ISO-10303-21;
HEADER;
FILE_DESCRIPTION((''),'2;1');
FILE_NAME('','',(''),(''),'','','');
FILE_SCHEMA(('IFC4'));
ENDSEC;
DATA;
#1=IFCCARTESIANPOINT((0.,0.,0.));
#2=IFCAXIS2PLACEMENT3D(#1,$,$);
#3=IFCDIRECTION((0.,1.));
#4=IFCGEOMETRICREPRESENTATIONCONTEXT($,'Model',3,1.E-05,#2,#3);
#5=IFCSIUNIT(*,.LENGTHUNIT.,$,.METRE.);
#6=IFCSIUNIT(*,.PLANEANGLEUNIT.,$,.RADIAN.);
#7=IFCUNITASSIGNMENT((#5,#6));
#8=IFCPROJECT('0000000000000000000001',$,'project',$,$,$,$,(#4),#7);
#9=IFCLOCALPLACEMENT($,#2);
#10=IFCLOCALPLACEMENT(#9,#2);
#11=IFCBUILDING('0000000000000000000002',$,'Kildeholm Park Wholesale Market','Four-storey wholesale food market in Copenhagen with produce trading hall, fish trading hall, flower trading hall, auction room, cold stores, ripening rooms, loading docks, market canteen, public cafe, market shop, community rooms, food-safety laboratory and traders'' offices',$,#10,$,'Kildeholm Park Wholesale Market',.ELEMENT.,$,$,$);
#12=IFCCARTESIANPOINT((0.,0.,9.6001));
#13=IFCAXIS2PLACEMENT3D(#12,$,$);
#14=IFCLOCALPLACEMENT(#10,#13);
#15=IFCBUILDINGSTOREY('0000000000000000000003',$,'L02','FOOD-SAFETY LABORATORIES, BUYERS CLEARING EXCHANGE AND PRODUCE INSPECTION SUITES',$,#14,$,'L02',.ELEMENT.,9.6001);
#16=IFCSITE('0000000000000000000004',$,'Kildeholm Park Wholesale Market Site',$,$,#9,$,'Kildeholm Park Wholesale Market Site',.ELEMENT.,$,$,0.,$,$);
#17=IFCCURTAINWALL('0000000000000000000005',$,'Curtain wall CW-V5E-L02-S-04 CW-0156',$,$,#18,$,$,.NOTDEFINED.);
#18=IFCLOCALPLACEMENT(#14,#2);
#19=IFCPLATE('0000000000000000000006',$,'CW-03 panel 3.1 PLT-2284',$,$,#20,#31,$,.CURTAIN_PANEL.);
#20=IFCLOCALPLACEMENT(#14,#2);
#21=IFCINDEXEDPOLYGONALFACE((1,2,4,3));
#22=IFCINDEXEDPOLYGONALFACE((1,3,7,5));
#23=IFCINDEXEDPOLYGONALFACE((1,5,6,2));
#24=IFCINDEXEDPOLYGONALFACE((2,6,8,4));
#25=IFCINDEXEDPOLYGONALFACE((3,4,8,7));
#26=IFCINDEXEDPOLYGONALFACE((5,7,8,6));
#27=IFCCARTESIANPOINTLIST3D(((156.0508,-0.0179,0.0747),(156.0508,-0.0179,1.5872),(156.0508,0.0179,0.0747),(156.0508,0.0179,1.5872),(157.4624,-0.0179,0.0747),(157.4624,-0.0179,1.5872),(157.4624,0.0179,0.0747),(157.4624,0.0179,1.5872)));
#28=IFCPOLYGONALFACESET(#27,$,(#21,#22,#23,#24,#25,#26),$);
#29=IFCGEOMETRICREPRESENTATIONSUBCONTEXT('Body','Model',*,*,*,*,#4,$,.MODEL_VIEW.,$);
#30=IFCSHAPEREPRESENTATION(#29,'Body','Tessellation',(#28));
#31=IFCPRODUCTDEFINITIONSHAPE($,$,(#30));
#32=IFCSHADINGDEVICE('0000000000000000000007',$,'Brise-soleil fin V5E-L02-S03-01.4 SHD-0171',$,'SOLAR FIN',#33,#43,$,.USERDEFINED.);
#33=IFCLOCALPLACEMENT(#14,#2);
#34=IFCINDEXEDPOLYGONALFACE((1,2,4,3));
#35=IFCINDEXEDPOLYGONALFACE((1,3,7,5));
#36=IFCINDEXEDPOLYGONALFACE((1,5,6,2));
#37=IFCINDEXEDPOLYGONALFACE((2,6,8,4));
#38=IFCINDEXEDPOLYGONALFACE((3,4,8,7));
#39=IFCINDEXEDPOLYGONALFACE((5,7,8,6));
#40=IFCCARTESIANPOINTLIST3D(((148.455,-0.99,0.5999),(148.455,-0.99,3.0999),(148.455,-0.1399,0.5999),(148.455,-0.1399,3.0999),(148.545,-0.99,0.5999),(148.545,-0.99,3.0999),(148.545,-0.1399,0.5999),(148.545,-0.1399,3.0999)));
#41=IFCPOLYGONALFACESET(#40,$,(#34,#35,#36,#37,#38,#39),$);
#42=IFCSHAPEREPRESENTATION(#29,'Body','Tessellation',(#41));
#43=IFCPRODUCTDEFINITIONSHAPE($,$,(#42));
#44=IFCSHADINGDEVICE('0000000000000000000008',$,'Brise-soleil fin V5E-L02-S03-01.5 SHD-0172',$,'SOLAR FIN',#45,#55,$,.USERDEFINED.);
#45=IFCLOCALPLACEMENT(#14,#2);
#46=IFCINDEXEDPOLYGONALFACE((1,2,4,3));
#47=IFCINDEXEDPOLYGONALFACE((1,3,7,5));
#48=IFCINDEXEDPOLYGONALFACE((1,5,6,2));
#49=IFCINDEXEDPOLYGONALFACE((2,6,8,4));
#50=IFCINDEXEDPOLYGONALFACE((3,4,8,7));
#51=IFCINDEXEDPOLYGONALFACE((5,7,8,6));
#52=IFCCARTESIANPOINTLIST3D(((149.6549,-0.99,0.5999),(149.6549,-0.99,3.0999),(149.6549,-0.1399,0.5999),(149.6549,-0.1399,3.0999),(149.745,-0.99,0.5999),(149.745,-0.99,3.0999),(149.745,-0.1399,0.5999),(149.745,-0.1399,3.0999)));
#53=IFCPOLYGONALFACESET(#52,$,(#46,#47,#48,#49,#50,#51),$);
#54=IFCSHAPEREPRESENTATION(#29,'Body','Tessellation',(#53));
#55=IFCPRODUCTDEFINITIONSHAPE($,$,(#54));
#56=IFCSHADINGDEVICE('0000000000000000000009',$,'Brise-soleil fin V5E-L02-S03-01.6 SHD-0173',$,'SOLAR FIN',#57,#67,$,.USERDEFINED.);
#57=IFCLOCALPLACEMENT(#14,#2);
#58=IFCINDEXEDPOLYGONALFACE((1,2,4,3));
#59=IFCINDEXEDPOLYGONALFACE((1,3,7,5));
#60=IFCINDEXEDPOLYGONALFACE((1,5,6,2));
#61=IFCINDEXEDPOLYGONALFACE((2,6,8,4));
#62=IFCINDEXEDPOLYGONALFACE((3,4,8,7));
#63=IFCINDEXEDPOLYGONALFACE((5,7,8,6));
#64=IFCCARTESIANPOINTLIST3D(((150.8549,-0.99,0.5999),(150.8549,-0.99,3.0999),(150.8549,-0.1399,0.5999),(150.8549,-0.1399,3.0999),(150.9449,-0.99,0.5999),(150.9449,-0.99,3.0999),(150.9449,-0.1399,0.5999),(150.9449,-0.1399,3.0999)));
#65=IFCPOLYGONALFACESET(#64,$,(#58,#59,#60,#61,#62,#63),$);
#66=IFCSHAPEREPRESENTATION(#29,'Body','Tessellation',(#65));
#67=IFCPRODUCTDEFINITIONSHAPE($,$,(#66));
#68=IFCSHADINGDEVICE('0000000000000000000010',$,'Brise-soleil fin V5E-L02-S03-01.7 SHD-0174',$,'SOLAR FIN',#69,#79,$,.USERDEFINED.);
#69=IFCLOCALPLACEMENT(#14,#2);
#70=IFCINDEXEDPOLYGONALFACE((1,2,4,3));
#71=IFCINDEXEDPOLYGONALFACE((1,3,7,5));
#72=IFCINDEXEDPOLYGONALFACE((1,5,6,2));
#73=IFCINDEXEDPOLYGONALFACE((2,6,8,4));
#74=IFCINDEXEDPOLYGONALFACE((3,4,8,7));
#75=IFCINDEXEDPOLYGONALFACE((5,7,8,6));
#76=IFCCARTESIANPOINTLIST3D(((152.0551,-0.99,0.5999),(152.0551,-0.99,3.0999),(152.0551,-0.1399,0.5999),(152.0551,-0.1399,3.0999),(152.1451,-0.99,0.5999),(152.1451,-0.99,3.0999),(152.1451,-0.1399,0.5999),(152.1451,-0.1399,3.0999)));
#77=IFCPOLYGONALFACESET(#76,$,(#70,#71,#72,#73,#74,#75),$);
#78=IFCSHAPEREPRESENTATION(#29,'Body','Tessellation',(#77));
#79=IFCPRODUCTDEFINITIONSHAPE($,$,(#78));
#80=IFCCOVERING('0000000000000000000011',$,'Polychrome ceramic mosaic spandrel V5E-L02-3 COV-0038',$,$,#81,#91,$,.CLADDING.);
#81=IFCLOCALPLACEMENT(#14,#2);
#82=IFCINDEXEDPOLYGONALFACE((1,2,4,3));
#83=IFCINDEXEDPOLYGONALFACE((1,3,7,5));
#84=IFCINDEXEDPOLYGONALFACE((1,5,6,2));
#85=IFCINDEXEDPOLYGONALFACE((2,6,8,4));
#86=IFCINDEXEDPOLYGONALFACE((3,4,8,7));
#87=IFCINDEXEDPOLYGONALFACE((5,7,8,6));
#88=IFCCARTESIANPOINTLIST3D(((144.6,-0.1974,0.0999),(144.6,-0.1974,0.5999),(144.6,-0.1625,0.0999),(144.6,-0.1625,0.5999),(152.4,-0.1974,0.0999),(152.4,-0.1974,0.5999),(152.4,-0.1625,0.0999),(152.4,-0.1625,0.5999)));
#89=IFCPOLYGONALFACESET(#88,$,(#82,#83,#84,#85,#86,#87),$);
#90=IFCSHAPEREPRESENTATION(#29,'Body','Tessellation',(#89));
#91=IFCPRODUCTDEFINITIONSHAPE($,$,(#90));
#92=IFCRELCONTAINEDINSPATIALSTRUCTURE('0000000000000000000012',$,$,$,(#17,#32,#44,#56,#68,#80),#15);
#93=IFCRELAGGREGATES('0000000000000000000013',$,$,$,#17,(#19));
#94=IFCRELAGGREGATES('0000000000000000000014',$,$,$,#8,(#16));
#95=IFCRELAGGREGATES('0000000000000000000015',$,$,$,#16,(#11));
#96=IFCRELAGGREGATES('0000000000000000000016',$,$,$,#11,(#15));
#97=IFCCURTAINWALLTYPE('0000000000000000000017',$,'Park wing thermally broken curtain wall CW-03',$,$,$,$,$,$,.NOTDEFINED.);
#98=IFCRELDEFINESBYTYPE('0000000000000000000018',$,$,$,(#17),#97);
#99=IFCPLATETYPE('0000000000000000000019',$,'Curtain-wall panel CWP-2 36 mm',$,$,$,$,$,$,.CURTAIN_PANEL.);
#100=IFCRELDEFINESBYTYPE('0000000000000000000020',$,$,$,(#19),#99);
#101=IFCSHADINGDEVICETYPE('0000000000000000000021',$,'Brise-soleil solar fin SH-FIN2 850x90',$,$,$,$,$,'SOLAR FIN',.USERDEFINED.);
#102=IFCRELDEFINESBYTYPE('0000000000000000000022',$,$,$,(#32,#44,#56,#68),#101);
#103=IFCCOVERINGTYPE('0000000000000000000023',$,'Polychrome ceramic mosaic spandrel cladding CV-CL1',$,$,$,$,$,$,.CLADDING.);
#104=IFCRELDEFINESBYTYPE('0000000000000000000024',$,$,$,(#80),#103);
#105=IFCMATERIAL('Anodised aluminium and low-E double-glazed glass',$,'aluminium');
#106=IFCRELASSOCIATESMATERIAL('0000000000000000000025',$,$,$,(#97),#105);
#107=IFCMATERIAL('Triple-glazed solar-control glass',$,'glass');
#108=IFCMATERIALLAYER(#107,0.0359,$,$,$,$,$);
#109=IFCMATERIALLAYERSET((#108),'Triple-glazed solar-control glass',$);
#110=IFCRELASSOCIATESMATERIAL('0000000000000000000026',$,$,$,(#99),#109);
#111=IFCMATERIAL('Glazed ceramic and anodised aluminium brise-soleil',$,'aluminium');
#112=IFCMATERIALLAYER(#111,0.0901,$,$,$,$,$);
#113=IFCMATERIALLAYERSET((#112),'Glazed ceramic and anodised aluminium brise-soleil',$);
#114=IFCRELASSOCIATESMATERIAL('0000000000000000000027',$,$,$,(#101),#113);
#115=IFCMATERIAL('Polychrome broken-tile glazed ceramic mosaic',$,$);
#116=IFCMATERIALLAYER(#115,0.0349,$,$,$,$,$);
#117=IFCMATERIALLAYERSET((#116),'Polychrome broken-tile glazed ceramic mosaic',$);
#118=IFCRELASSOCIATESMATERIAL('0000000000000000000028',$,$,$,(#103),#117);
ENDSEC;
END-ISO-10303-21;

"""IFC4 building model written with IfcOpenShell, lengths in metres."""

from ifc_helpers import new_model, si_unit, direction, frame, origin, origin_2d, place, context, subcontext, project, spatial, rectangle, extrude, material, layer, layer_set, type_object, element, aggregate, save


model = new_model("IFC4")

# Units and contexts
model_context = context("Model", 3, precision=1e-05, world=origin(), true_north=direction((0.0, 1.0)))
body_context = subcontext(model_context, "Body", "Model", "MODEL_VIEW")
ifc_project = project(units=[si_unit("LENGTHUNIT", "METRE"), si_unit("PLANEANGLEUNIT", "RADIAN")], contexts=[model_context])

# Site, building, storey
site_placement = place(None, origin())
site = spatial("IfcSite", under=ifc_project, at=site_placement, Name="Kildeholm Park Wholesale Market Site", LongName="Kildeholm Park Wholesale Market Site", CompositionType="ELEMENT", RefElevation=0.0)
building_placement = place(site_placement, origin())
building = spatial("IfcBuilding", under=site, at=building_placement, Name="Kildeholm Park Wholesale Market", Description="Four-storey wholesale food market in Copenhagen with produce trading hall, fish trading hall, flower trading hall, auction room, cold stores, ripening rooms, loading docks, market canteen, public cafe, market shop, community rooms, food-safety laboratory and traders' offices", LongName="Kildeholm Park Wholesale Market", CompositionType="ELEMENT")
storey_placement = place(building_placement, frame((0.0, 0.0, 9.6001)))
storey = spatial("IfcBuildingStorey", under=building, at=storey_placement, Name="L02", Description="FOOD-SAFETY LABORATORIES, BUYERS CLEARING EXCHANGE AND PRODUCE INSPECTION SUITES", LongName="L02", CompositionType="ELEMENT", Elevation=9.6001)

# Curtain wall, plate
ifc_material_1 = material(Name="Anodised aluminium and low-E double-glazed glass", Category="aluminium")
curtain_wall_type = type_object("IfcCurtainWallType", Name="Park wing thermally broken curtain wall CW-03", PredefinedType="NOTDEFINED", material=ifc_material_1)
curtain_wall_placement = place(storey_placement, origin())
curtain_wall = element("IfcCurtainWall", 1, at=curtain_wall_placement, inside=storey, type_object=curtain_wall_type, Name="Curtain wall CW-V5E-L02-S-04 CW-0156", PredefinedType="NOTDEFINED")
ifc_material_2 = material(Name="Triple-glazed solar-control glass", Category="glass")
ifc_layer_1 = layer(ifc_material_2, 0.0359)
ifc_layer_set_1 = layer_set([ifc_layer_1], Name="Triple-glazed solar-control glass")
plate_type = type_object("IfcPlateType", Name="Curtain-wall panel CWP-2 36 mm", PredefinedType="CURTAIN_PANEL", material=ifc_layer_set_1)
plate_1_placement = place(storey_placement, frame((156.7566, 0.0, 0.0747), z_axis=(0.0, 0.0, 1.0), x_axis=(1.0, 0.0, 0.0)))
plate_1 = element("IfcPlate", 2, at=plate_1_placement, type_object=plate_type, Name="CW-03 panel 3.1 PLT-2284", PredefinedType="CURTAIN_PANEL", context=body_context, shape_type="SweptSolid", body=[
    extrude(rectangle(XDim=1.4116, YDim=0.0359, at=origin_2d()), origin(), (0.0, 0.0, 1.0), 1.5125),
])
aggregate(curtain_wall, [plate_1])

# Shading devices
ifc_material_3 = material(Name="Glazed ceramic and anodised aluminium brise-soleil", Category="aluminium")
ifc_layer_2 = layer(ifc_material_3, 0.0901)
ifc_layer_set_2 = layer_set([ifc_layer_2], Name="Glazed ceramic and anodised aluminium brise-soleil")
shading_device_type = type_object("IfcShadingDeviceType", Name="Brise-soleil solar fin SH-FIN2 850x90", ElementType="SOLAR FIN", PredefinedType="USERDEFINED", material=ifc_layer_set_2)
for number, where, z_axis, x_axis, name in (
    (3, (148.5, -0.5649, 0.5999), (0.0, 0.0, 1.0), (0.0, -1.0, 0.0), "Brise-soleil fin V5E-L02-S03-01.4 SHD-0171"),
    (4, (149.7, -0.5649, 0.5999), (0.0, 0.0, 1.0), (0.0, -1.0, 0.0), "Brise-soleil fin V5E-L02-S03-01.5 SHD-0172"),
    (5, (150.8999, -0.5649, 0.5999), (0.0, 0.0, 1.0), (0.0, -1.0, 0.0), "Brise-soleil fin V5E-L02-S03-01.6 SHD-0173"),
    (6, (152.1001, -0.5649, 0.5999), (0.0, 0.0, 1.0), (0.0, -1.0, 0.0), "Brise-soleil fin V5E-L02-S03-01.7 SHD-0174"),
):
    element("IfcShadingDevice", number, at=place(storey_placement, frame(where, z_axis=z_axis, x_axis=x_axis)), inside=storey, type_object=shading_device_type, Name=name, ObjectType="SOLAR FIN", PredefinedType="USERDEFINED", context=body_context, shape_type="SweptSolid", body=[
        extrude(rectangle(XDim=0.8501, YDim=0.0901, at=origin_2d()), origin(), (0.0, 0.0, 1.0), 2.5),
    ])

# Covering
ifc_material_4 = material(Name="Polychrome broken-tile glazed ceramic mosaic")
ifc_layer_3 = layer(ifc_material_4, 0.0349)
ifc_layer_set_3 = layer_set([ifc_layer_3], Name="Polychrome broken-tile glazed ceramic mosaic")
covering_type = type_object("IfcCoveringType", Name="Polychrome ceramic mosaic spandrel cladding CV-CL1", PredefinedType="CLADDING", material=ifc_layer_set_3)
covering_placement = place(storey_placement, frame((148.5, -0.1799, 0.0999), z_axis=(0.0, 0.0, 1.0), x_axis=(1.0, 0.0, 0.0)))
element("IfcCovering", 7, at=covering_placement, inside=storey, type_object=covering_type, Name="Polychrome ceramic mosaic spandrel V5E-L02-3 COV-0038", PredefinedType="CLADDING", context=body_context, shape_type="SweptSolid", body=[
    extrude(rectangle(XDim=7.8, YDim=0.0349, at=origin_2d()), origin(), (0.0, 0.0, 1.0), 0.5),
])

save(model, "model.ifc")
